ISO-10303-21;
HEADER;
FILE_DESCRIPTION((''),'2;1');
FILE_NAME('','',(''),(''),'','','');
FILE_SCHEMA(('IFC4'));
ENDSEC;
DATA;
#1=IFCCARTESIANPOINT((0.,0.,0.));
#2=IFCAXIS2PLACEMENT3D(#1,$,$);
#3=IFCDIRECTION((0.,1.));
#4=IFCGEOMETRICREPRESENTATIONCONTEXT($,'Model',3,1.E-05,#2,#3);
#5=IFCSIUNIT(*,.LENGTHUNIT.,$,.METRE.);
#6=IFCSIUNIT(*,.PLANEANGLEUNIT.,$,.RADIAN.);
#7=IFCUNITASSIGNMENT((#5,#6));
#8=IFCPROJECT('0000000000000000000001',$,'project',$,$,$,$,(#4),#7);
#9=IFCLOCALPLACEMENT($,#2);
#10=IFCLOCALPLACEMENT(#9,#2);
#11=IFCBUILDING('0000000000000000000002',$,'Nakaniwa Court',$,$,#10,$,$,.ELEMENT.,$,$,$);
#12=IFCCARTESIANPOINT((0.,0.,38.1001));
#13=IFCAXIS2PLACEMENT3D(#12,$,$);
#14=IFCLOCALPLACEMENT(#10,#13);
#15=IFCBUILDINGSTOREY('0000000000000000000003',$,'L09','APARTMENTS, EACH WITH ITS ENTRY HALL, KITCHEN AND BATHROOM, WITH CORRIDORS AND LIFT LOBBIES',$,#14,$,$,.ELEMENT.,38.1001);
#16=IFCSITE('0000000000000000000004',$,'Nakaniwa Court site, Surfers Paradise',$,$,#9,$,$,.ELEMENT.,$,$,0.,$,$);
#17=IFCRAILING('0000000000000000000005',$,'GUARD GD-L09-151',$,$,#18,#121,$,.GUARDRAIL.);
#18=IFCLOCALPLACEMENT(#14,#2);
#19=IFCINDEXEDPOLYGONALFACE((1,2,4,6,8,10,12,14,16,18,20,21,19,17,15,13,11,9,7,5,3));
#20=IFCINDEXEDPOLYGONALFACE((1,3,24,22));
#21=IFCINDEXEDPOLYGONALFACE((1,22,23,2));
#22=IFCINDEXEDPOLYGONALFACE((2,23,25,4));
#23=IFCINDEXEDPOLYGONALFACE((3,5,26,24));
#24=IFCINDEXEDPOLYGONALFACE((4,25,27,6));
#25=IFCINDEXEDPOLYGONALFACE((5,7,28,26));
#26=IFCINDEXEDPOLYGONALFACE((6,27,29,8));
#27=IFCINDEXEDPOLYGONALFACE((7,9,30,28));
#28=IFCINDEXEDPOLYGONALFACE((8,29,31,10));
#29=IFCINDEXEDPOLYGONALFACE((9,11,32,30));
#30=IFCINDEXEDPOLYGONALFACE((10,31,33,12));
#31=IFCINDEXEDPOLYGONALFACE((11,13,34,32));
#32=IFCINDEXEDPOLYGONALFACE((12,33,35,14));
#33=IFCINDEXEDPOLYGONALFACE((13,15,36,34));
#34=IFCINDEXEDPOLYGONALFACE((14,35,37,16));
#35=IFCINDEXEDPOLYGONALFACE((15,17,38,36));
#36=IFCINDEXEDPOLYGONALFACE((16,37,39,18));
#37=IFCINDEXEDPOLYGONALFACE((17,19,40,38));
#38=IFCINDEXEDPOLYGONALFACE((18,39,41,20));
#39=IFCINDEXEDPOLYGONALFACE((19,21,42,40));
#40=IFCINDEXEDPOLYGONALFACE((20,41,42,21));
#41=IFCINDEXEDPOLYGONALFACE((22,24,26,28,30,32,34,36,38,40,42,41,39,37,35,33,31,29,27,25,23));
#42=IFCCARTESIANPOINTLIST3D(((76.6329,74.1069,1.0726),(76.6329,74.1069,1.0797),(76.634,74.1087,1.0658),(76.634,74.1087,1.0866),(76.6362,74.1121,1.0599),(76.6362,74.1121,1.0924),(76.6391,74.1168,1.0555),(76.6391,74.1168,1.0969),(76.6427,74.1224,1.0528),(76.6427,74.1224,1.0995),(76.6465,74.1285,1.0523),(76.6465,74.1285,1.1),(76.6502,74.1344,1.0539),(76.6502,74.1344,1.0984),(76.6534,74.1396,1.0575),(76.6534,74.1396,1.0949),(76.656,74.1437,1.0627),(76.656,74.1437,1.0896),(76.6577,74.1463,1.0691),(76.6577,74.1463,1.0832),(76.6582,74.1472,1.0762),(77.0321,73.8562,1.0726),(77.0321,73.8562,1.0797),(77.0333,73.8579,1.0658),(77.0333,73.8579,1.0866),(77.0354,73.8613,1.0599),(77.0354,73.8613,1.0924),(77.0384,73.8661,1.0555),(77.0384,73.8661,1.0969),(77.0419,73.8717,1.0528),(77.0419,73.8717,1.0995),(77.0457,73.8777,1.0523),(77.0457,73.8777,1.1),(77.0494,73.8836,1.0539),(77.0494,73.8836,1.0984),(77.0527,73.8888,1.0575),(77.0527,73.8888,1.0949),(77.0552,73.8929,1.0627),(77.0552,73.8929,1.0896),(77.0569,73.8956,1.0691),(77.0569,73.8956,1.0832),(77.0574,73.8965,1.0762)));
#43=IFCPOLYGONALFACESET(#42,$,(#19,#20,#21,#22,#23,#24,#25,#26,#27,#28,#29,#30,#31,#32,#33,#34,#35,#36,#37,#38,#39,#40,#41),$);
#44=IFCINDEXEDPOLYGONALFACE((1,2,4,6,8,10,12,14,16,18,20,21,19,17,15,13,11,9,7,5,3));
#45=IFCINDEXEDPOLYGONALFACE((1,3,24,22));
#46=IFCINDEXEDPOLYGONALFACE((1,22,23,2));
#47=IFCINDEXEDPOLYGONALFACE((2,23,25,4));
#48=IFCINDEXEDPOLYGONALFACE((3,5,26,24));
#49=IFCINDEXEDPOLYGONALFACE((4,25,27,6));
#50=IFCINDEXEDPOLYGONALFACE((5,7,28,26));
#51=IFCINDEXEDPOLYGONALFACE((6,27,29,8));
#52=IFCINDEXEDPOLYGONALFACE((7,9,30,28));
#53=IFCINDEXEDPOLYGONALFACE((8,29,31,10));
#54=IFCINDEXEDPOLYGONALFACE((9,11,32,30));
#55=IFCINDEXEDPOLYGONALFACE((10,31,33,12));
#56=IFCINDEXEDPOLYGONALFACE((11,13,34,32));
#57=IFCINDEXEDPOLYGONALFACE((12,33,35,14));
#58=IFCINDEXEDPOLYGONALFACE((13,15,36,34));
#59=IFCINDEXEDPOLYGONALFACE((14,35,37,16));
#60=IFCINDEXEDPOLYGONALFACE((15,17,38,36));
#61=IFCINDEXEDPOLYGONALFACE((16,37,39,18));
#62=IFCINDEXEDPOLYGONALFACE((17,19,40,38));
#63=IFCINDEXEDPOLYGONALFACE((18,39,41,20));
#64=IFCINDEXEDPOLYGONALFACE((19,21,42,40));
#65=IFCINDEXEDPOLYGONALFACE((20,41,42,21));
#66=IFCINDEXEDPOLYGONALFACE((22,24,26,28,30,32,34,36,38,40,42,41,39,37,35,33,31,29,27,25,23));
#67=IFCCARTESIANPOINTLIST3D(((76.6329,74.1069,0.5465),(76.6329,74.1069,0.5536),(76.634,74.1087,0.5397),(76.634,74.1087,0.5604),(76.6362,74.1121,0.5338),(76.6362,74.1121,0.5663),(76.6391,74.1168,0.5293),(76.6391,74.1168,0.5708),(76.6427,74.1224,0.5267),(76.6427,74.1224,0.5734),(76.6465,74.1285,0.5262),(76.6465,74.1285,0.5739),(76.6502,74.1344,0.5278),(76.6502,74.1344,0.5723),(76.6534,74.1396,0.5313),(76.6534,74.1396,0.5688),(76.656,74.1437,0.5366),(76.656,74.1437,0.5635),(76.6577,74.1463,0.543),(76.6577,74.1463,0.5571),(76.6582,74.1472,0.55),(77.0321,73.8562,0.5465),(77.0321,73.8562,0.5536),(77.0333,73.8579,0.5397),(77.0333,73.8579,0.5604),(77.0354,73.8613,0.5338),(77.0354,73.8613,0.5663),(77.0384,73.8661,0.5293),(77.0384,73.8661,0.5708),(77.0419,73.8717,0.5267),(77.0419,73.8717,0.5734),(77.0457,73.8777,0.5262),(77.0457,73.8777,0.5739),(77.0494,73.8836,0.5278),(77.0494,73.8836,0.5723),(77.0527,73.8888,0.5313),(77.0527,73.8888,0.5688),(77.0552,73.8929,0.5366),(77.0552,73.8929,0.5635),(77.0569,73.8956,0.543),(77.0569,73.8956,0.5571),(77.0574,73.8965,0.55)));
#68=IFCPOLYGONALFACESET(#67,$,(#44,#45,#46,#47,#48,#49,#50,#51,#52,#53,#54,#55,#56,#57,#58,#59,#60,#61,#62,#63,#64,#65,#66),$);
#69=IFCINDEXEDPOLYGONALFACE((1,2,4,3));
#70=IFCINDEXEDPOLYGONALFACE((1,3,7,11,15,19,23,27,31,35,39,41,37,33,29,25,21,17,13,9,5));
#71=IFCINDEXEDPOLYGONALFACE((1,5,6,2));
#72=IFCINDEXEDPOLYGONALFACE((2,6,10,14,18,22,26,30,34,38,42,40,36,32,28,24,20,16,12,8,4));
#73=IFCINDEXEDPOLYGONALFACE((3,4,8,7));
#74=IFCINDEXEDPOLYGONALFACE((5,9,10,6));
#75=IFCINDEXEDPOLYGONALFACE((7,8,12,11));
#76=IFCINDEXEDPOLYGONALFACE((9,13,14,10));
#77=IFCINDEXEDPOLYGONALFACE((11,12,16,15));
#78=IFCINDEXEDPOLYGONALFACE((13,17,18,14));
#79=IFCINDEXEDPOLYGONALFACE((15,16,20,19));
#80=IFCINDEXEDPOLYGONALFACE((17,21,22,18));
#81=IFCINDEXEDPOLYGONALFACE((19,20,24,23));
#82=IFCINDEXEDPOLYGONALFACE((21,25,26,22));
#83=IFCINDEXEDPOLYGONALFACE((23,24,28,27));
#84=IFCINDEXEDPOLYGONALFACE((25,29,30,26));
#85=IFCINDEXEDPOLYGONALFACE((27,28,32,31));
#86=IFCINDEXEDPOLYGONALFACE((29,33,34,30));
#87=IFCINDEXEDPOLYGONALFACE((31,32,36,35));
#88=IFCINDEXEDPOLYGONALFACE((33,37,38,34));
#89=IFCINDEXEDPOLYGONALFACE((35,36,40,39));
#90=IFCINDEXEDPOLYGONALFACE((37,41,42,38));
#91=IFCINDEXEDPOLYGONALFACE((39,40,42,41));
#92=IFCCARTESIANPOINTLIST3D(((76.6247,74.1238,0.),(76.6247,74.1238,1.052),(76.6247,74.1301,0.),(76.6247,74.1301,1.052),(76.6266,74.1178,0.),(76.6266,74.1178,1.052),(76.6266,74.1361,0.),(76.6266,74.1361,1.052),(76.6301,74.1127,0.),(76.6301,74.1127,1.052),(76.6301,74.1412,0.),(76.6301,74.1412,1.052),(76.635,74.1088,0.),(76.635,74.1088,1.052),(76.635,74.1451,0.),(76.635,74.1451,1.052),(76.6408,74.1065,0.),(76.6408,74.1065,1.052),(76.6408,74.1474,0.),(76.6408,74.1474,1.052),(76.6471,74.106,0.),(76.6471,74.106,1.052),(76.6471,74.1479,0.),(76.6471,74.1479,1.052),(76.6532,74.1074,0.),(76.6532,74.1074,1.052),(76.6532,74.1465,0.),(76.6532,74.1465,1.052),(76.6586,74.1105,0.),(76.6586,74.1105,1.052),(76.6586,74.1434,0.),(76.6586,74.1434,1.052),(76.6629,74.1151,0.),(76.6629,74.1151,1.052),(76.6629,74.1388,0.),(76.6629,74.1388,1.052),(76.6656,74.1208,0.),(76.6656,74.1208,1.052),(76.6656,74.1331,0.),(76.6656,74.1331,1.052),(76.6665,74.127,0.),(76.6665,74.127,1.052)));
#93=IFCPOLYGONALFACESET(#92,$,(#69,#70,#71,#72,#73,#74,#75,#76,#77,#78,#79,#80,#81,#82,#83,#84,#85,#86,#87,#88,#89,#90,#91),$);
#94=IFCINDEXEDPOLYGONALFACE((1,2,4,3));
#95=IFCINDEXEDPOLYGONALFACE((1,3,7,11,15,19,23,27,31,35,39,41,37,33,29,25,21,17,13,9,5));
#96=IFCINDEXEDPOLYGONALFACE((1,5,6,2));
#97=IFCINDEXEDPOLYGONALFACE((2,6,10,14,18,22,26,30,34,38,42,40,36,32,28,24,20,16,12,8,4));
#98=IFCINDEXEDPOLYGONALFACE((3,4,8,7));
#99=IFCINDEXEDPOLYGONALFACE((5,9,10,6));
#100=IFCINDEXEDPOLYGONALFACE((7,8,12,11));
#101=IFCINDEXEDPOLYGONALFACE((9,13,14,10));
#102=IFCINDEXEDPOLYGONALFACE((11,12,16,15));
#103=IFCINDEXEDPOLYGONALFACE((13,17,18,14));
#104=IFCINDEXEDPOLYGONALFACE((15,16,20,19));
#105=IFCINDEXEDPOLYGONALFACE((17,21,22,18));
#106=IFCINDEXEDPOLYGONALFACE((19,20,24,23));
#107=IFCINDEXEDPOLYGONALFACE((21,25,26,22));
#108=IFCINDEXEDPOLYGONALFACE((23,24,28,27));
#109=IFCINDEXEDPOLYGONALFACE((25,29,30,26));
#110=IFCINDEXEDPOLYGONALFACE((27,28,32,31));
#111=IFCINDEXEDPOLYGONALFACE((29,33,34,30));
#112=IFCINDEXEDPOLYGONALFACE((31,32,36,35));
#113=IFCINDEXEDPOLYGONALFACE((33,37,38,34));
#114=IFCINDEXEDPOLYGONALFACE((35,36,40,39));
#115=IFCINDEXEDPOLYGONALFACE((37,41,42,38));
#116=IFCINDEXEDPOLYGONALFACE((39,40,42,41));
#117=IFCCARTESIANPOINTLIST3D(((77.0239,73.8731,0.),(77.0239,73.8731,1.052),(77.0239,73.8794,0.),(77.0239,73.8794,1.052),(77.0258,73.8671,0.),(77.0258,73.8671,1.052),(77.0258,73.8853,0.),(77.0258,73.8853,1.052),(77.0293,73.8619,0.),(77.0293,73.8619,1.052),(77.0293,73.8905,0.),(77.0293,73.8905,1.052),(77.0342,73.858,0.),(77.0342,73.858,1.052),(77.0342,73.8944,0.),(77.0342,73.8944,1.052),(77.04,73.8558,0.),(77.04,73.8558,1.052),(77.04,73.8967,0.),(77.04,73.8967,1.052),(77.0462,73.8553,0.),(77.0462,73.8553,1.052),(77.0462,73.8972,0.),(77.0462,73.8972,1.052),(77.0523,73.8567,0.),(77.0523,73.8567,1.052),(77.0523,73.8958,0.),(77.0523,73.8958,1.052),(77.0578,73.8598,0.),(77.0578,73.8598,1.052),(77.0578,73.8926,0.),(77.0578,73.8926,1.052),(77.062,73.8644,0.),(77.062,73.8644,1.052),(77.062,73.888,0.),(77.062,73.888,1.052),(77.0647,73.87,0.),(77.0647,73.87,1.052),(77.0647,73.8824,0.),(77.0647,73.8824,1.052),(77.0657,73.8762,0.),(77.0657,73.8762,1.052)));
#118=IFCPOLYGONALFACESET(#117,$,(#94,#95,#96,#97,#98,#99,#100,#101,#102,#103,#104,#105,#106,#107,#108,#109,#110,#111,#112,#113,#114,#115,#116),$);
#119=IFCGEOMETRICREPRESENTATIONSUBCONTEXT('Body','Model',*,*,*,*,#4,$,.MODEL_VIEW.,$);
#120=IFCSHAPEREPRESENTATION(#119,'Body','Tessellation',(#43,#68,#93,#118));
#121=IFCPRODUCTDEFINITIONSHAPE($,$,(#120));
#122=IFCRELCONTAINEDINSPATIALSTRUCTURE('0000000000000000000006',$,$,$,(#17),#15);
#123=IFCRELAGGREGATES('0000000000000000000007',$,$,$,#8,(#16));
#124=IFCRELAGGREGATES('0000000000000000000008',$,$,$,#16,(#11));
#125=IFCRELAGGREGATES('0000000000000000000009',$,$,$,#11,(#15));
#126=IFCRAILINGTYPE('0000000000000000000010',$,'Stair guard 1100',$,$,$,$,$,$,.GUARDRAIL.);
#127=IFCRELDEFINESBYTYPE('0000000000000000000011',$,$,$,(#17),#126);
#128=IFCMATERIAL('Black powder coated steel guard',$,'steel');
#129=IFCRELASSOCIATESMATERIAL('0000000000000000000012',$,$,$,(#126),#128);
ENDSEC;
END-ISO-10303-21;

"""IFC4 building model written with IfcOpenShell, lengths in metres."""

from ifc_helpers import new_model, si_unit, direction, frame, origin, origin_2d, place, context, subcontext, project, spatial, circle, extrude, material, type_object, element, save


model = new_model("IFC4")

# Units and contexts
model_context = context("Model", 3, precision=1e-05, world=origin(), true_north=direction((0.0, 1.0)))
body_context = subcontext(model_context, "Body", "Model", "MODEL_VIEW")
ifc_project = project(units=[si_unit("LENGTHUNIT", "METRE"), si_unit("PLANEANGLEUNIT", "RADIAN")], contexts=[model_context])

# Site, building, storey
site_placement = place(None, origin())
site = spatial("IfcSite", under=ifc_project, at=site_placement, Name="Nakaniwa Court site, Surfers Paradise", CompositionType="ELEMENT", RefElevation=0.0)
building_placement = place(site_placement, origin())
building = spatial("IfcBuilding", under=site, at=building_placement, Name="Nakaniwa Court", CompositionType="ELEMENT")
storey_placement = place(building_placement, frame((0.0, 0.0, 38.1001)))
storey = spatial("IfcBuildingStorey", under=building, at=storey_placement, Name="L09", Description="APARTMENTS, EACH WITH ITS ENTRY HALL, KITCHEN AND BATHROOM, WITH CORRIDORS AND LIFT LOBBIES", CompositionType="ELEMENT", Elevation=38.1001)

# Railing
ifc_material_1 = material(Name="Black powder coated steel guard", Category="steel")
railing_type = type_object("IfcRailingType", Name="Stair guard 1100", PredefinedType="GUARDRAIL", material=ifc_material_1)
railing_1_placement = place(storey_placement, frame((76.6455, 74.127, 0.0)))
element("IfcRailing", 1, at=railing_1_placement, inside=storey, type_object=railing_type, Name="GUARD GD-L09-151", PredefinedType="GUARDRAIL", context=body_context, shape_type="SweptSolid", body=[
    extrude(circle(Radius=0.0239, at=origin_2d()), frame((0.0, 0.0, 1.0762), z_axis=(0.846803, -0.531906, 0.0), x_axis=(0.531906, 0.846803, 0.0)), (0.0, 0.0, 1.0), 0.4714),
    extrude(circle(Radius=0.0239, at=origin_2d()), frame((0.0, 0.0, 0.55), z_axis=(0.846803, -0.531906, 0.0), x_axis=(0.531906, 0.846803, 0.0)), (0.0, 0.0, 1.0), 0.4714),
    extrude(circle(Radius=0.021, at=origin_2d()), origin(), (0.0, 0.0, 1.0), 1.052),
    extrude(circle(Radius=0.021, at=origin_2d()), frame((0.3992, -0.2507, 0.0)), (0.0, 0.0, 1.0), 1.052),
])

save(model, "model.ifc")
